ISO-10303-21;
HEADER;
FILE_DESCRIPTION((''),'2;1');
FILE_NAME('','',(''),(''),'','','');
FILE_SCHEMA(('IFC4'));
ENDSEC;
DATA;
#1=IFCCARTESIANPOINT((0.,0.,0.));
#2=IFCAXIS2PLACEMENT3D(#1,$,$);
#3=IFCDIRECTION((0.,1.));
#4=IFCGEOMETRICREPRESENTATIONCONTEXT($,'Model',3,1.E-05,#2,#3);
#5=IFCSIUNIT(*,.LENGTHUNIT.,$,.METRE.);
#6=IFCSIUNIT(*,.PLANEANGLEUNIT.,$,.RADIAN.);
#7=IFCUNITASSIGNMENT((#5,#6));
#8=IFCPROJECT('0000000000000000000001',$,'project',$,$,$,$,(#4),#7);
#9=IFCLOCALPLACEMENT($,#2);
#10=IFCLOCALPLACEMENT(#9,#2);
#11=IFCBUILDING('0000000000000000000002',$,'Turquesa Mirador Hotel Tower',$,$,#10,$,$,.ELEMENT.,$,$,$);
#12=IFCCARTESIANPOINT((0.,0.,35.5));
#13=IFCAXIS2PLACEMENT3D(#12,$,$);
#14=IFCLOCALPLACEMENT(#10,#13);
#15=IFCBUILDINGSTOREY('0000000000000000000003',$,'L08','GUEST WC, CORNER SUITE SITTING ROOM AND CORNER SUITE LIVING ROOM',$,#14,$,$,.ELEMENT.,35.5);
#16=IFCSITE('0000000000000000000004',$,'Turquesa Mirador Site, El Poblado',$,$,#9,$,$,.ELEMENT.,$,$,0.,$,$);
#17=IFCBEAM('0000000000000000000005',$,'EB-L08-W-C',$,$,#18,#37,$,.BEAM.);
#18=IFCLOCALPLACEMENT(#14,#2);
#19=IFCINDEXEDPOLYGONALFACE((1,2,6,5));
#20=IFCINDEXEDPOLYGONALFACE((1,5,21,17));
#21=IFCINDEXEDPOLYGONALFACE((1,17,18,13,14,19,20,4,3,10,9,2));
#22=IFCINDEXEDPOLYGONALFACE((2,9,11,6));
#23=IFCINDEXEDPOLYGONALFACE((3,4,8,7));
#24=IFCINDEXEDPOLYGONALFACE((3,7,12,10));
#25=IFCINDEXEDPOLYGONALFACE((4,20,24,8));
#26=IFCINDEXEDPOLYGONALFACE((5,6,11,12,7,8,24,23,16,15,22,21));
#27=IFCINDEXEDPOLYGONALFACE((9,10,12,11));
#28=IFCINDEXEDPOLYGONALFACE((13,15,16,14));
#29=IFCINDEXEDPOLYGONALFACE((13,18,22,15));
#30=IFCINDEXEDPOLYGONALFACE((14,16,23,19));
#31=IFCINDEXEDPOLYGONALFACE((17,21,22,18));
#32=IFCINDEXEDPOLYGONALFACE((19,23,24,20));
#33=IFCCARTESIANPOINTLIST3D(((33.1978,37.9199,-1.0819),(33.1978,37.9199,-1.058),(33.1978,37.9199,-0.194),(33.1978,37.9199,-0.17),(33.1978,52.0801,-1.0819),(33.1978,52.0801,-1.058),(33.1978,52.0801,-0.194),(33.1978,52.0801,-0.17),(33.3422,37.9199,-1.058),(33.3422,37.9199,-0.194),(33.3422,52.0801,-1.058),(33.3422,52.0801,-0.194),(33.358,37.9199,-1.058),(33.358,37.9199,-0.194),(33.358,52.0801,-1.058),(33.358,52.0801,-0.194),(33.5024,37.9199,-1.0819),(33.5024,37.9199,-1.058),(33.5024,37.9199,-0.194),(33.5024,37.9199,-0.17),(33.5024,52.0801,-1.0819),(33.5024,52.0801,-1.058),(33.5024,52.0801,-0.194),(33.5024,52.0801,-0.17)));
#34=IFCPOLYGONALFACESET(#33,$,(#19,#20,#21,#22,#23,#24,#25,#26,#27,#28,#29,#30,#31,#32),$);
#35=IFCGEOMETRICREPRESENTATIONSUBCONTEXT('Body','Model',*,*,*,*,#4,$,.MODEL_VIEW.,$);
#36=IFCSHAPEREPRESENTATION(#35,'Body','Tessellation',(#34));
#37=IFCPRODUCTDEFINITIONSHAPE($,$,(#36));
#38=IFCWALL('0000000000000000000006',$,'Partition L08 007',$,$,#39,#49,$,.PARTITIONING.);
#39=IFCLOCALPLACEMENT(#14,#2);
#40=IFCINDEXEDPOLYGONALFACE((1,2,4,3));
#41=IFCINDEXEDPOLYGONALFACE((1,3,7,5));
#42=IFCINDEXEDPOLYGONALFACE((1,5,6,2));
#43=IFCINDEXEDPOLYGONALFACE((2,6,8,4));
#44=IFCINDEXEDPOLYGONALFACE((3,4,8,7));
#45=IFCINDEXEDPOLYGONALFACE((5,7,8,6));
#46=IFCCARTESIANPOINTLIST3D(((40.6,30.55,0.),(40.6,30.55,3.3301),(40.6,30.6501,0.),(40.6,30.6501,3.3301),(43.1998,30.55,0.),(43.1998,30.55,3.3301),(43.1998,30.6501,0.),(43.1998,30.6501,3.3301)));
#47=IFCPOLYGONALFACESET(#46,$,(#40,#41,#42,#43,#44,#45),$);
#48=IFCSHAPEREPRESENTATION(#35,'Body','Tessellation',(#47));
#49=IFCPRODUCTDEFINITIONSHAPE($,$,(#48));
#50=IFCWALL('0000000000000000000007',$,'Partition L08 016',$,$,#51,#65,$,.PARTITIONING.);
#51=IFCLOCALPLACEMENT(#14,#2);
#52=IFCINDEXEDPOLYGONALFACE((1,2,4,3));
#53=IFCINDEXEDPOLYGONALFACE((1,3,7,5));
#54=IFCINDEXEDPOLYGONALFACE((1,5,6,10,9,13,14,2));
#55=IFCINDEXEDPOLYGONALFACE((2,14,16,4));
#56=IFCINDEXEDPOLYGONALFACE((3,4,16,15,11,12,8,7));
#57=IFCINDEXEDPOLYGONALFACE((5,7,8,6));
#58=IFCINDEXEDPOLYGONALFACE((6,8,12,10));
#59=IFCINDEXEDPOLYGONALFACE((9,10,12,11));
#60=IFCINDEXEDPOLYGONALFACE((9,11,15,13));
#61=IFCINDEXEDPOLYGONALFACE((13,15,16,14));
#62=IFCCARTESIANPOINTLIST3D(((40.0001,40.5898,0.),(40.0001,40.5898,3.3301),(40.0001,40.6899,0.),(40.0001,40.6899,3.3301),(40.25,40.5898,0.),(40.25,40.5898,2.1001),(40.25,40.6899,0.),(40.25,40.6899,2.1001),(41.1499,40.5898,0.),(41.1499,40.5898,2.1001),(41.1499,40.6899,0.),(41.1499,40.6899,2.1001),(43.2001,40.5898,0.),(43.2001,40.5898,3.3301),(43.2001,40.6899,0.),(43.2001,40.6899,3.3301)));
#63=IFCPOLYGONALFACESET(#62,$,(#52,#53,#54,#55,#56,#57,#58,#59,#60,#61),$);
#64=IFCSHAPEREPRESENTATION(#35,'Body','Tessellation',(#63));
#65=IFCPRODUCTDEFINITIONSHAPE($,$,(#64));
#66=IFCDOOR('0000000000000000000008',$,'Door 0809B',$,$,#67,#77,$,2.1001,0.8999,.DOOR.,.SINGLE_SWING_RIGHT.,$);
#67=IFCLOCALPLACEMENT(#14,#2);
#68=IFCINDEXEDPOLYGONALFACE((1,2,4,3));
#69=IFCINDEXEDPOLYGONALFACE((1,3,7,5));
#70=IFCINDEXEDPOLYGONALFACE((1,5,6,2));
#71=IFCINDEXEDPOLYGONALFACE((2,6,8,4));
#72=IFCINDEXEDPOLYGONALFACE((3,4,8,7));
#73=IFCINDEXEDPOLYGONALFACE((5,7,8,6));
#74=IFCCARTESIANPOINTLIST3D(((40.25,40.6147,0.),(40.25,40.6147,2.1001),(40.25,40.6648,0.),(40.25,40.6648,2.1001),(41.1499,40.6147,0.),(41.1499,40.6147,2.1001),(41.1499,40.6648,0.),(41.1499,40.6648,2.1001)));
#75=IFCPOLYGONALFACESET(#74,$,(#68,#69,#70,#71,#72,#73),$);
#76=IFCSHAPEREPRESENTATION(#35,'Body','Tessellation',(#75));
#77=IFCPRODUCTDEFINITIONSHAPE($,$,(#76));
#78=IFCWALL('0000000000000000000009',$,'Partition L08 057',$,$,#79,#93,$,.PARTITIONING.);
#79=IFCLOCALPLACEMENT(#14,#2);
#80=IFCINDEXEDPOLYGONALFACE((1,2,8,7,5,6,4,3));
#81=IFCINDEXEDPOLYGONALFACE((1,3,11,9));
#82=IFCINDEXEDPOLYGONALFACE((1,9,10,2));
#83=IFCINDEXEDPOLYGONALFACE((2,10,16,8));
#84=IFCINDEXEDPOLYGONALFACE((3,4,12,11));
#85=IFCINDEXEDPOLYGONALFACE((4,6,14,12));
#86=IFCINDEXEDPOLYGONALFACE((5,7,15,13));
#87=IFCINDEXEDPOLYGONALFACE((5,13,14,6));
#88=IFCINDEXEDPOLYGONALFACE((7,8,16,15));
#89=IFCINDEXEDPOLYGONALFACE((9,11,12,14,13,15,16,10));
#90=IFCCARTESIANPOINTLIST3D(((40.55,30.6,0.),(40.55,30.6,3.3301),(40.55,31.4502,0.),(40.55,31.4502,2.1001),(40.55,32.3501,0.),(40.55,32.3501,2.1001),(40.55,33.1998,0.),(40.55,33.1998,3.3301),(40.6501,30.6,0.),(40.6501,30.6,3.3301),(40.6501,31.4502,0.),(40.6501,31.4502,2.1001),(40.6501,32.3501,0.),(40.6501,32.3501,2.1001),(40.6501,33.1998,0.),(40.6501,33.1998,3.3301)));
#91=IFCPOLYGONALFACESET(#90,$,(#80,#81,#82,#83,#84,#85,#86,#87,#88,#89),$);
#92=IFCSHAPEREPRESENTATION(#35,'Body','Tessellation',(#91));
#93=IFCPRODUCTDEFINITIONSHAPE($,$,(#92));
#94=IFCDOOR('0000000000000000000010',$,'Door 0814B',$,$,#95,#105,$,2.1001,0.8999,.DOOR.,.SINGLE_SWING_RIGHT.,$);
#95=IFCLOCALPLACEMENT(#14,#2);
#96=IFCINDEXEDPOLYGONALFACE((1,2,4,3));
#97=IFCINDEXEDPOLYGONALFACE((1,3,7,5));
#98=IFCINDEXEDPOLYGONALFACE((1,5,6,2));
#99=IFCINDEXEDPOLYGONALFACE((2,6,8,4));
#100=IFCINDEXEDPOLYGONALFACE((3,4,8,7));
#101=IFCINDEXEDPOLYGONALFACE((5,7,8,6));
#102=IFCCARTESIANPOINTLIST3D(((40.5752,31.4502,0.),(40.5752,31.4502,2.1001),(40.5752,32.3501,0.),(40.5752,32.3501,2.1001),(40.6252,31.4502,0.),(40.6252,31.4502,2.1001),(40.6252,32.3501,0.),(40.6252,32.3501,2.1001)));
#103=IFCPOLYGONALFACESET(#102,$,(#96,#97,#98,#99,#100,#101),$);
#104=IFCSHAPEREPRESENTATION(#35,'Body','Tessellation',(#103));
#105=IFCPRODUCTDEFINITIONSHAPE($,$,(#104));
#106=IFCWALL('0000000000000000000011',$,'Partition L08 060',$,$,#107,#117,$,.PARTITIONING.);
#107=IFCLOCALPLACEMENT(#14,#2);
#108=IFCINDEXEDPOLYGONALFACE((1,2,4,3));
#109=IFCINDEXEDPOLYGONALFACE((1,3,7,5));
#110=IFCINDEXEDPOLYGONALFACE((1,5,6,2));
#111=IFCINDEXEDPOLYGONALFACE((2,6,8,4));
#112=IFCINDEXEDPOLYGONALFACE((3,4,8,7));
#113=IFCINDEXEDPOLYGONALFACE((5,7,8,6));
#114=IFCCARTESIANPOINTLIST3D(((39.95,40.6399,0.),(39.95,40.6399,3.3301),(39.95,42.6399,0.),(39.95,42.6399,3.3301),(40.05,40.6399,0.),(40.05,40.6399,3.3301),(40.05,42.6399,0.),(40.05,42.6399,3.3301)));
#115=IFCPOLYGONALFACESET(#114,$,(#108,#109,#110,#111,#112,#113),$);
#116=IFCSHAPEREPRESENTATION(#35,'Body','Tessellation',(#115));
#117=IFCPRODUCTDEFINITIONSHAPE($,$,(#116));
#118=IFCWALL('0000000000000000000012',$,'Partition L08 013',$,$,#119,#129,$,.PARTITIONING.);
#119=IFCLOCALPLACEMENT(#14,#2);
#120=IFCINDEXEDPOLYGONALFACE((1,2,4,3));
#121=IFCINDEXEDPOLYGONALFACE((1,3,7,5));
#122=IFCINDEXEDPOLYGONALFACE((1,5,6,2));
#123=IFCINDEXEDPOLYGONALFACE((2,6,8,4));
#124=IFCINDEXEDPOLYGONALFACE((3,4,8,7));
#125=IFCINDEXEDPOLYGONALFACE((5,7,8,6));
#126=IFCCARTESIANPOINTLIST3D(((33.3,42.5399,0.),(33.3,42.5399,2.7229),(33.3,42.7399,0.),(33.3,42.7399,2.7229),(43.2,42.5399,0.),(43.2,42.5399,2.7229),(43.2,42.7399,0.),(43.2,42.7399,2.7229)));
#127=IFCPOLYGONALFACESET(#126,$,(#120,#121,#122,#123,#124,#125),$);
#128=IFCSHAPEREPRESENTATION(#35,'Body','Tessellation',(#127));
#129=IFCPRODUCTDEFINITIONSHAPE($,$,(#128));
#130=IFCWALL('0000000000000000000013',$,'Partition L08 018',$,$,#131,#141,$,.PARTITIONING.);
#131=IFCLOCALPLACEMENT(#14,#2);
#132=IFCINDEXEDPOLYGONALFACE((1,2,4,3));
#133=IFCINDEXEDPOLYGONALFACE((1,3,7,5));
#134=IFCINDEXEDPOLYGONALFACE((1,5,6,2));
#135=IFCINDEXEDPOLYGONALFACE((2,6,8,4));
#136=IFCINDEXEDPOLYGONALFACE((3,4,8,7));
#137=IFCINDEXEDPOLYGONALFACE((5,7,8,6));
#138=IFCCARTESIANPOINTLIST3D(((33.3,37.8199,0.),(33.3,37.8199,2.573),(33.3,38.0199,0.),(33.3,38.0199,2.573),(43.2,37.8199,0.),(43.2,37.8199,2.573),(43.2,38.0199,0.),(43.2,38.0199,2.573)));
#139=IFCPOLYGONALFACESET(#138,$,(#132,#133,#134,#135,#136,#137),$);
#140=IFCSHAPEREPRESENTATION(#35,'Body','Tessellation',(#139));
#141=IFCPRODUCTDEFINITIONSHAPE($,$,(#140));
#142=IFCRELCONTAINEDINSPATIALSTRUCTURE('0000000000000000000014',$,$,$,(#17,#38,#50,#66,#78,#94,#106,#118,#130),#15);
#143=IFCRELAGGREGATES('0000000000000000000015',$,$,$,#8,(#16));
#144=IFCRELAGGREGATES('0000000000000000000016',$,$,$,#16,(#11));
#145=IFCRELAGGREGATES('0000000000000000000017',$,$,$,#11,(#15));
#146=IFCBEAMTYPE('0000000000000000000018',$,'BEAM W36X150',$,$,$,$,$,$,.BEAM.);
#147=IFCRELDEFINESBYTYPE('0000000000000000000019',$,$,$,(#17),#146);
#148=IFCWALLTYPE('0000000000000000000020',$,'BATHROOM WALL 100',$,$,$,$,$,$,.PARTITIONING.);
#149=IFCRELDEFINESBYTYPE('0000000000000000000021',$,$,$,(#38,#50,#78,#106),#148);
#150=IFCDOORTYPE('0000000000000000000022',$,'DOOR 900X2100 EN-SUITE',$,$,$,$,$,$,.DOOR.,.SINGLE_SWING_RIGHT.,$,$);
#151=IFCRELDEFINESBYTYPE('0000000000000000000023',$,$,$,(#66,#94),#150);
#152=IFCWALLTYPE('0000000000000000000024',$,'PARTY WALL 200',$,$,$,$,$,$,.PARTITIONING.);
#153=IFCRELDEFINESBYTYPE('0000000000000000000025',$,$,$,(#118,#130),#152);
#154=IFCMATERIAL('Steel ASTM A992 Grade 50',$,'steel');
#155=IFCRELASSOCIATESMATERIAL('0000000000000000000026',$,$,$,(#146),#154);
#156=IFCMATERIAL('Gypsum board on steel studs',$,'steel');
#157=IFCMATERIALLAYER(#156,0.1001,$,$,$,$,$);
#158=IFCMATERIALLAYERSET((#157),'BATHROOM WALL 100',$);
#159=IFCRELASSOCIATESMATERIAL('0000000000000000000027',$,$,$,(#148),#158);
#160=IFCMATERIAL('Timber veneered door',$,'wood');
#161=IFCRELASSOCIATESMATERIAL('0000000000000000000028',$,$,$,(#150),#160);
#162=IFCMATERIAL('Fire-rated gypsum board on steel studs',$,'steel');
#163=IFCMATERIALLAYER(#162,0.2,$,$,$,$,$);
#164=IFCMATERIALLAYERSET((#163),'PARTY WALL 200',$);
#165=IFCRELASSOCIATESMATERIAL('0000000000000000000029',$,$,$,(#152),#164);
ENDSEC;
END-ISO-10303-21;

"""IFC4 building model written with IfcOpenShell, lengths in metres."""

from ifc_helpers import new_model, si_unit, direction, frame, frame_2d, origin, origin_2d, place, context, subcontext, project, spatial, rectangle, i_section, extrude, material, layer, layer_set, material_profile, profile_set, type_object, element, fill, save


model = new_model("IFC4")

# Units and contexts
model_context = context("Model", 3, precision=1e-05, world=origin(), true_north=direction((0.0, 1.0)))
body_context = subcontext(model_context, "Body", "Model", "MODEL_VIEW")
ifc_project = project(units=[si_unit("LENGTHUNIT", "METRE"), si_unit("PLANEANGLEUNIT", "RADIAN")], contexts=[model_context])

# Site, building, storey
site_placement = place(None, origin())
site = spatial("IfcSite", under=ifc_project, at=site_placement, Name="Turquesa Mirador Site, El Poblado", CompositionType="ELEMENT", RefElevation=0.0)
building_placement = place(site_placement, origin())
building = spatial("IfcBuilding", under=site, at=building_placement, Name="Turquesa Mirador Hotel Tower", CompositionType="ELEMENT")
storey_placement = place(building_placement, frame((0.0, 0.0, 35.5)))
storey = spatial("IfcBuildingStorey", under=building, at=storey_placement, Name="L08", Description="GUEST WC, CORNER SUITE SITTING ROOM AND CORNER SUITE LIVING ROOM", CompositionType="ELEMENT", Elevation=35.5)

# Beam
ifc_material_1 = material(Name="Steel ASTM A992 Grade 50", Category="steel")
ifc_material_profile_1 = material_profile(ifc_material_1, i_section(OverallWidth=0.3047, OverallDepth=0.9119, WebThickness=0.0159, FlangeThickness=0.0239, at=origin_2d()), Name="W36X150")
ifc_profile_set_1 = profile_set([ifc_material_profile_1], Name="Steel ASTM A992 Grade 50")
beam_type_1 = type_object("IfcBeamType", Name="BEAM W36X150", PredefinedType="BEAM", material=ifc_profile_set_1)
beam_1_placement = place(storey_placement, frame((33.3501, 37.9199, -0.626), z_axis=(0.0, 1.0, 0.0), x_axis=(-1.0, 0.0, 0.0)))
element("IfcBeam", 1, at=beam_1_placement, inside=storey, type_object=beam_type_1, Name="EB-L08-W-C", PredefinedType="BEAM", context=body_context, shape_type="SweptSolid", body=[
    extrude(i_section(OverallWidth=0.3047, OverallDepth=0.9119, WebThickness=0.0159, FlangeThickness=0.0239, at=origin_2d()), origin(), (0.0, 0.0, 1.0), 14.1602),
])

# Wall
ifc_material_2 = material(Name="Gypsum board on steel studs", Category="steel")
ifc_layer_1 = layer(ifc_material_2, 0.1001)
ifc_layer_set_1 = layer_set([ifc_layer_1], Name="BATHROOM WALL 100")
wall_type_1 = type_object("IfcWallType", Name="BATHROOM WALL 100", PredefinedType="PARTITIONING", material=ifc_layer_set_1)
wall_1_placement = place(storey_placement, frame((40.6001, 30.6001, 0.0), z_axis=(0.0, 0.0, 1.0), x_axis=(1.0, 0.0, 0.0)))
element("IfcWall", 2, at=wall_1_placement, inside=storey, type_object=wall_type_1, Name="Partition L08 007", PredefinedType="PARTITIONING", context=body_context, shape_type="SweptSolid", body=[
    extrude(rectangle(XDim=2.5999, YDim=0.1001, at=frame_2d((1.2998, 0.0))), origin(), (0.0, 0.0, 1.0), 3.3301),
])

# Walls, openings, doors
wall_2_placement = place(storey_placement, frame((40.0, 40.6399, 0.0), z_axis=(0.0, 0.0, 1.0), x_axis=(1.0, 0.0, 0.0)))
wall_2 = element("IfcWall", 3, at=wall_2_placement, inside=storey, type_object=wall_type_1, Name="Partition L08 016", PredefinedType="PARTITIONING", context=body_context, shape_type="SweptSolid", body=[
    extrude(rectangle(XDim=3.2, YDim=0.1001, at=frame_2d((1.6001, 0.0))), origin(), (0.0, 0.0, 1.0), 3.3301),
])
opening_1_placement = place(wall_2_placement, frame((0.25, 0.0, 0.0)))
opening_1 = element("IfcOpeningElement", 4, at=opening_1_placement, cuts=wall_2, PredefinedType="OPENING", context=body_context, shape_type="SweptSolid", body=[
    extrude(rectangle(XDim=0.8999, YDim=2.1001, at=frame_2d((0.45, 1.05))), frame((0.0, 0.0601, 0.0), z_axis=(0.0, -1.0, 0.0), x_axis=(1.0, 0.0, 0.0)), (0.0, 0.0, 1.0), 0.1201),
])
ifc_material_3 = material(Name="Timber veneered door", Category="wood")
door_type_1 = type_object("IfcDoorType", Name="DOOR 900X2100 EN-SUITE", OperationType="SINGLE_SWING_RIGHT", PredefinedType="DOOR", material=ifc_material_3)
door_1_placement = place(opening_1_placement, origin())
door_1 = element("IfcDoor", 5, at=door_1_placement, inside=storey, type_object=door_type_1, Name="Door 0809B", OperationType="SINGLE_SWING_RIGHT", OverallHeight=2.1001, OverallWidth=0.8999, PredefinedType="DOOR", context=body_context, shape_type="SweptSolid", body=[
    extrude(rectangle(XDim=0.8999, YDim=2.1001, at=frame_2d((0.45, 1.05))), frame((0.0, 0.0249, 0.0), z_axis=(0.0, -1.0, 0.0), x_axis=(1.0, 0.0, 0.0)), (0.0, 0.0, 1.0), 0.05),
])
fill(opening_1, door_1)
wall_3_placement = place(storey_placement, frame((40.6001, 30.6001, 0.0), z_axis=(0.0, 0.0, 1.0), x_axis=(0.0, 1.0, 0.0)))
wall_3 = element("IfcWall", 6, at=wall_3_placement, inside=storey, type_object=wall_type_1, Name="Partition L08 057", PredefinedType="PARTITIONING", context=body_context, shape_type="SweptSolid", body=[
    extrude(rectangle(XDim=2.5999, YDim=0.1001, at=frame_2d((1.2998, 0.0))), origin(), (0.0, 0.0, 1.0), 3.3301),
])
opening_2_placement = place(wall_3_placement, frame((0.8501, 0.0, 0.0)))
opening_2 = element("IfcOpeningElement", 7, at=opening_2_placement, cuts=wall_3, PredefinedType="OPENING", context=body_context, shape_type="SweptSolid", body=[
    extrude(rectangle(XDim=0.8999, YDim=2.1001, at=frame_2d((0.45, 1.05))), frame((0.0, 0.0601, 0.0), z_axis=(0.0, -1.0, 0.0), x_axis=(1.0, 0.0, 0.0)), (0.0, 0.0, 1.0), 0.1201),
])
door_2_placement = place(opening_2_placement, origin())
door_2 = element("IfcDoor", 8, at=door_2_placement, inside=storey, type_object=door_type_1, Name="Door 0814B", OperationType="SINGLE_SWING_RIGHT", OverallHeight=2.1001, OverallWidth=0.8999, PredefinedType="DOOR", context=body_context, shape_type="SweptSolid", body=[
    extrude(rectangle(XDim=0.8999, YDim=2.1001, at=frame_2d((0.45, 1.05))), frame((0.0, 0.0249, 0.0), z_axis=(0.0, -1.0, 0.0), x_axis=(1.0, 0.0, 0.0)), (0.0, 0.0, 1.0), 0.05),
])
fill(opening_2, door_2)

# Walls
wall_4_placement = place(storey_placement, frame((40.0, 40.6399, 0.0), z_axis=(0.0, 0.0, 1.0), x_axis=(0.0, 1.0, 0.0)))
element("IfcWall", 9, at=wall_4_placement, inside=storey, type_object=wall_type_1, Name="Partition L08 060", PredefinedType="PARTITIONING", context=body_context, shape_type="SweptSolid", body=[
    extrude(rectangle(XDim=2.0, YDim=0.1001, at=frame_2d((1.0, 0.0))), origin(), (0.0, 0.0, 1.0), 3.3301),
])
ifc_material_4 = material(Name="Fire-rated gypsum board on steel studs", Category="steel")
ifc_layer_2 = layer(ifc_material_4, 0.2)
ifc_layer_set_2 = layer_set([ifc_layer_2], Name="PARTY WALL 200")
wall_type_2 = type_object("IfcWallType", Name="PARTY WALL 200", PredefinedType="PARTITIONING", material=ifc_layer_set_2)
wall_5_placement = place(storey_placement, frame((33.3, 42.6399, 0.0), z_axis=(0.0, 0.0, 1.0), x_axis=(1.0, 0.0, 0.0)))
element("IfcWall", 10, at=wall_5_placement, inside=storey, type_object=wall_type_2, Name="Partition L08 013", PredefinedType="PARTITIONING", context=body_context, shape_type="SweptSolid", body=[
    extrude(rectangle(XDim=9.8999, YDim=0.2, at=frame_2d((4.95, 0.0))), origin(), (0.0, 0.0, 1.0), 2.7229),
])
wall_6_placement = place(storey_placement, frame((33.3, 37.9199, 0.0), z_axis=(0.0, 0.0, 1.0), x_axis=(1.0, 0.0, 0.0)))
element("IfcWall", 11, at=wall_6_placement, inside=storey, type_object=wall_type_2, Name="Partition L08 018", PredefinedType="PARTITIONING", context=body_context, shape_type="SweptSolid", body=[
    extrude(rectangle(XDim=9.8999, YDim=0.2, at=frame_2d((4.95, 0.0))), origin(), (0.0, 0.0, 1.0), 2.573),
])

save(model, "model.ifc")
